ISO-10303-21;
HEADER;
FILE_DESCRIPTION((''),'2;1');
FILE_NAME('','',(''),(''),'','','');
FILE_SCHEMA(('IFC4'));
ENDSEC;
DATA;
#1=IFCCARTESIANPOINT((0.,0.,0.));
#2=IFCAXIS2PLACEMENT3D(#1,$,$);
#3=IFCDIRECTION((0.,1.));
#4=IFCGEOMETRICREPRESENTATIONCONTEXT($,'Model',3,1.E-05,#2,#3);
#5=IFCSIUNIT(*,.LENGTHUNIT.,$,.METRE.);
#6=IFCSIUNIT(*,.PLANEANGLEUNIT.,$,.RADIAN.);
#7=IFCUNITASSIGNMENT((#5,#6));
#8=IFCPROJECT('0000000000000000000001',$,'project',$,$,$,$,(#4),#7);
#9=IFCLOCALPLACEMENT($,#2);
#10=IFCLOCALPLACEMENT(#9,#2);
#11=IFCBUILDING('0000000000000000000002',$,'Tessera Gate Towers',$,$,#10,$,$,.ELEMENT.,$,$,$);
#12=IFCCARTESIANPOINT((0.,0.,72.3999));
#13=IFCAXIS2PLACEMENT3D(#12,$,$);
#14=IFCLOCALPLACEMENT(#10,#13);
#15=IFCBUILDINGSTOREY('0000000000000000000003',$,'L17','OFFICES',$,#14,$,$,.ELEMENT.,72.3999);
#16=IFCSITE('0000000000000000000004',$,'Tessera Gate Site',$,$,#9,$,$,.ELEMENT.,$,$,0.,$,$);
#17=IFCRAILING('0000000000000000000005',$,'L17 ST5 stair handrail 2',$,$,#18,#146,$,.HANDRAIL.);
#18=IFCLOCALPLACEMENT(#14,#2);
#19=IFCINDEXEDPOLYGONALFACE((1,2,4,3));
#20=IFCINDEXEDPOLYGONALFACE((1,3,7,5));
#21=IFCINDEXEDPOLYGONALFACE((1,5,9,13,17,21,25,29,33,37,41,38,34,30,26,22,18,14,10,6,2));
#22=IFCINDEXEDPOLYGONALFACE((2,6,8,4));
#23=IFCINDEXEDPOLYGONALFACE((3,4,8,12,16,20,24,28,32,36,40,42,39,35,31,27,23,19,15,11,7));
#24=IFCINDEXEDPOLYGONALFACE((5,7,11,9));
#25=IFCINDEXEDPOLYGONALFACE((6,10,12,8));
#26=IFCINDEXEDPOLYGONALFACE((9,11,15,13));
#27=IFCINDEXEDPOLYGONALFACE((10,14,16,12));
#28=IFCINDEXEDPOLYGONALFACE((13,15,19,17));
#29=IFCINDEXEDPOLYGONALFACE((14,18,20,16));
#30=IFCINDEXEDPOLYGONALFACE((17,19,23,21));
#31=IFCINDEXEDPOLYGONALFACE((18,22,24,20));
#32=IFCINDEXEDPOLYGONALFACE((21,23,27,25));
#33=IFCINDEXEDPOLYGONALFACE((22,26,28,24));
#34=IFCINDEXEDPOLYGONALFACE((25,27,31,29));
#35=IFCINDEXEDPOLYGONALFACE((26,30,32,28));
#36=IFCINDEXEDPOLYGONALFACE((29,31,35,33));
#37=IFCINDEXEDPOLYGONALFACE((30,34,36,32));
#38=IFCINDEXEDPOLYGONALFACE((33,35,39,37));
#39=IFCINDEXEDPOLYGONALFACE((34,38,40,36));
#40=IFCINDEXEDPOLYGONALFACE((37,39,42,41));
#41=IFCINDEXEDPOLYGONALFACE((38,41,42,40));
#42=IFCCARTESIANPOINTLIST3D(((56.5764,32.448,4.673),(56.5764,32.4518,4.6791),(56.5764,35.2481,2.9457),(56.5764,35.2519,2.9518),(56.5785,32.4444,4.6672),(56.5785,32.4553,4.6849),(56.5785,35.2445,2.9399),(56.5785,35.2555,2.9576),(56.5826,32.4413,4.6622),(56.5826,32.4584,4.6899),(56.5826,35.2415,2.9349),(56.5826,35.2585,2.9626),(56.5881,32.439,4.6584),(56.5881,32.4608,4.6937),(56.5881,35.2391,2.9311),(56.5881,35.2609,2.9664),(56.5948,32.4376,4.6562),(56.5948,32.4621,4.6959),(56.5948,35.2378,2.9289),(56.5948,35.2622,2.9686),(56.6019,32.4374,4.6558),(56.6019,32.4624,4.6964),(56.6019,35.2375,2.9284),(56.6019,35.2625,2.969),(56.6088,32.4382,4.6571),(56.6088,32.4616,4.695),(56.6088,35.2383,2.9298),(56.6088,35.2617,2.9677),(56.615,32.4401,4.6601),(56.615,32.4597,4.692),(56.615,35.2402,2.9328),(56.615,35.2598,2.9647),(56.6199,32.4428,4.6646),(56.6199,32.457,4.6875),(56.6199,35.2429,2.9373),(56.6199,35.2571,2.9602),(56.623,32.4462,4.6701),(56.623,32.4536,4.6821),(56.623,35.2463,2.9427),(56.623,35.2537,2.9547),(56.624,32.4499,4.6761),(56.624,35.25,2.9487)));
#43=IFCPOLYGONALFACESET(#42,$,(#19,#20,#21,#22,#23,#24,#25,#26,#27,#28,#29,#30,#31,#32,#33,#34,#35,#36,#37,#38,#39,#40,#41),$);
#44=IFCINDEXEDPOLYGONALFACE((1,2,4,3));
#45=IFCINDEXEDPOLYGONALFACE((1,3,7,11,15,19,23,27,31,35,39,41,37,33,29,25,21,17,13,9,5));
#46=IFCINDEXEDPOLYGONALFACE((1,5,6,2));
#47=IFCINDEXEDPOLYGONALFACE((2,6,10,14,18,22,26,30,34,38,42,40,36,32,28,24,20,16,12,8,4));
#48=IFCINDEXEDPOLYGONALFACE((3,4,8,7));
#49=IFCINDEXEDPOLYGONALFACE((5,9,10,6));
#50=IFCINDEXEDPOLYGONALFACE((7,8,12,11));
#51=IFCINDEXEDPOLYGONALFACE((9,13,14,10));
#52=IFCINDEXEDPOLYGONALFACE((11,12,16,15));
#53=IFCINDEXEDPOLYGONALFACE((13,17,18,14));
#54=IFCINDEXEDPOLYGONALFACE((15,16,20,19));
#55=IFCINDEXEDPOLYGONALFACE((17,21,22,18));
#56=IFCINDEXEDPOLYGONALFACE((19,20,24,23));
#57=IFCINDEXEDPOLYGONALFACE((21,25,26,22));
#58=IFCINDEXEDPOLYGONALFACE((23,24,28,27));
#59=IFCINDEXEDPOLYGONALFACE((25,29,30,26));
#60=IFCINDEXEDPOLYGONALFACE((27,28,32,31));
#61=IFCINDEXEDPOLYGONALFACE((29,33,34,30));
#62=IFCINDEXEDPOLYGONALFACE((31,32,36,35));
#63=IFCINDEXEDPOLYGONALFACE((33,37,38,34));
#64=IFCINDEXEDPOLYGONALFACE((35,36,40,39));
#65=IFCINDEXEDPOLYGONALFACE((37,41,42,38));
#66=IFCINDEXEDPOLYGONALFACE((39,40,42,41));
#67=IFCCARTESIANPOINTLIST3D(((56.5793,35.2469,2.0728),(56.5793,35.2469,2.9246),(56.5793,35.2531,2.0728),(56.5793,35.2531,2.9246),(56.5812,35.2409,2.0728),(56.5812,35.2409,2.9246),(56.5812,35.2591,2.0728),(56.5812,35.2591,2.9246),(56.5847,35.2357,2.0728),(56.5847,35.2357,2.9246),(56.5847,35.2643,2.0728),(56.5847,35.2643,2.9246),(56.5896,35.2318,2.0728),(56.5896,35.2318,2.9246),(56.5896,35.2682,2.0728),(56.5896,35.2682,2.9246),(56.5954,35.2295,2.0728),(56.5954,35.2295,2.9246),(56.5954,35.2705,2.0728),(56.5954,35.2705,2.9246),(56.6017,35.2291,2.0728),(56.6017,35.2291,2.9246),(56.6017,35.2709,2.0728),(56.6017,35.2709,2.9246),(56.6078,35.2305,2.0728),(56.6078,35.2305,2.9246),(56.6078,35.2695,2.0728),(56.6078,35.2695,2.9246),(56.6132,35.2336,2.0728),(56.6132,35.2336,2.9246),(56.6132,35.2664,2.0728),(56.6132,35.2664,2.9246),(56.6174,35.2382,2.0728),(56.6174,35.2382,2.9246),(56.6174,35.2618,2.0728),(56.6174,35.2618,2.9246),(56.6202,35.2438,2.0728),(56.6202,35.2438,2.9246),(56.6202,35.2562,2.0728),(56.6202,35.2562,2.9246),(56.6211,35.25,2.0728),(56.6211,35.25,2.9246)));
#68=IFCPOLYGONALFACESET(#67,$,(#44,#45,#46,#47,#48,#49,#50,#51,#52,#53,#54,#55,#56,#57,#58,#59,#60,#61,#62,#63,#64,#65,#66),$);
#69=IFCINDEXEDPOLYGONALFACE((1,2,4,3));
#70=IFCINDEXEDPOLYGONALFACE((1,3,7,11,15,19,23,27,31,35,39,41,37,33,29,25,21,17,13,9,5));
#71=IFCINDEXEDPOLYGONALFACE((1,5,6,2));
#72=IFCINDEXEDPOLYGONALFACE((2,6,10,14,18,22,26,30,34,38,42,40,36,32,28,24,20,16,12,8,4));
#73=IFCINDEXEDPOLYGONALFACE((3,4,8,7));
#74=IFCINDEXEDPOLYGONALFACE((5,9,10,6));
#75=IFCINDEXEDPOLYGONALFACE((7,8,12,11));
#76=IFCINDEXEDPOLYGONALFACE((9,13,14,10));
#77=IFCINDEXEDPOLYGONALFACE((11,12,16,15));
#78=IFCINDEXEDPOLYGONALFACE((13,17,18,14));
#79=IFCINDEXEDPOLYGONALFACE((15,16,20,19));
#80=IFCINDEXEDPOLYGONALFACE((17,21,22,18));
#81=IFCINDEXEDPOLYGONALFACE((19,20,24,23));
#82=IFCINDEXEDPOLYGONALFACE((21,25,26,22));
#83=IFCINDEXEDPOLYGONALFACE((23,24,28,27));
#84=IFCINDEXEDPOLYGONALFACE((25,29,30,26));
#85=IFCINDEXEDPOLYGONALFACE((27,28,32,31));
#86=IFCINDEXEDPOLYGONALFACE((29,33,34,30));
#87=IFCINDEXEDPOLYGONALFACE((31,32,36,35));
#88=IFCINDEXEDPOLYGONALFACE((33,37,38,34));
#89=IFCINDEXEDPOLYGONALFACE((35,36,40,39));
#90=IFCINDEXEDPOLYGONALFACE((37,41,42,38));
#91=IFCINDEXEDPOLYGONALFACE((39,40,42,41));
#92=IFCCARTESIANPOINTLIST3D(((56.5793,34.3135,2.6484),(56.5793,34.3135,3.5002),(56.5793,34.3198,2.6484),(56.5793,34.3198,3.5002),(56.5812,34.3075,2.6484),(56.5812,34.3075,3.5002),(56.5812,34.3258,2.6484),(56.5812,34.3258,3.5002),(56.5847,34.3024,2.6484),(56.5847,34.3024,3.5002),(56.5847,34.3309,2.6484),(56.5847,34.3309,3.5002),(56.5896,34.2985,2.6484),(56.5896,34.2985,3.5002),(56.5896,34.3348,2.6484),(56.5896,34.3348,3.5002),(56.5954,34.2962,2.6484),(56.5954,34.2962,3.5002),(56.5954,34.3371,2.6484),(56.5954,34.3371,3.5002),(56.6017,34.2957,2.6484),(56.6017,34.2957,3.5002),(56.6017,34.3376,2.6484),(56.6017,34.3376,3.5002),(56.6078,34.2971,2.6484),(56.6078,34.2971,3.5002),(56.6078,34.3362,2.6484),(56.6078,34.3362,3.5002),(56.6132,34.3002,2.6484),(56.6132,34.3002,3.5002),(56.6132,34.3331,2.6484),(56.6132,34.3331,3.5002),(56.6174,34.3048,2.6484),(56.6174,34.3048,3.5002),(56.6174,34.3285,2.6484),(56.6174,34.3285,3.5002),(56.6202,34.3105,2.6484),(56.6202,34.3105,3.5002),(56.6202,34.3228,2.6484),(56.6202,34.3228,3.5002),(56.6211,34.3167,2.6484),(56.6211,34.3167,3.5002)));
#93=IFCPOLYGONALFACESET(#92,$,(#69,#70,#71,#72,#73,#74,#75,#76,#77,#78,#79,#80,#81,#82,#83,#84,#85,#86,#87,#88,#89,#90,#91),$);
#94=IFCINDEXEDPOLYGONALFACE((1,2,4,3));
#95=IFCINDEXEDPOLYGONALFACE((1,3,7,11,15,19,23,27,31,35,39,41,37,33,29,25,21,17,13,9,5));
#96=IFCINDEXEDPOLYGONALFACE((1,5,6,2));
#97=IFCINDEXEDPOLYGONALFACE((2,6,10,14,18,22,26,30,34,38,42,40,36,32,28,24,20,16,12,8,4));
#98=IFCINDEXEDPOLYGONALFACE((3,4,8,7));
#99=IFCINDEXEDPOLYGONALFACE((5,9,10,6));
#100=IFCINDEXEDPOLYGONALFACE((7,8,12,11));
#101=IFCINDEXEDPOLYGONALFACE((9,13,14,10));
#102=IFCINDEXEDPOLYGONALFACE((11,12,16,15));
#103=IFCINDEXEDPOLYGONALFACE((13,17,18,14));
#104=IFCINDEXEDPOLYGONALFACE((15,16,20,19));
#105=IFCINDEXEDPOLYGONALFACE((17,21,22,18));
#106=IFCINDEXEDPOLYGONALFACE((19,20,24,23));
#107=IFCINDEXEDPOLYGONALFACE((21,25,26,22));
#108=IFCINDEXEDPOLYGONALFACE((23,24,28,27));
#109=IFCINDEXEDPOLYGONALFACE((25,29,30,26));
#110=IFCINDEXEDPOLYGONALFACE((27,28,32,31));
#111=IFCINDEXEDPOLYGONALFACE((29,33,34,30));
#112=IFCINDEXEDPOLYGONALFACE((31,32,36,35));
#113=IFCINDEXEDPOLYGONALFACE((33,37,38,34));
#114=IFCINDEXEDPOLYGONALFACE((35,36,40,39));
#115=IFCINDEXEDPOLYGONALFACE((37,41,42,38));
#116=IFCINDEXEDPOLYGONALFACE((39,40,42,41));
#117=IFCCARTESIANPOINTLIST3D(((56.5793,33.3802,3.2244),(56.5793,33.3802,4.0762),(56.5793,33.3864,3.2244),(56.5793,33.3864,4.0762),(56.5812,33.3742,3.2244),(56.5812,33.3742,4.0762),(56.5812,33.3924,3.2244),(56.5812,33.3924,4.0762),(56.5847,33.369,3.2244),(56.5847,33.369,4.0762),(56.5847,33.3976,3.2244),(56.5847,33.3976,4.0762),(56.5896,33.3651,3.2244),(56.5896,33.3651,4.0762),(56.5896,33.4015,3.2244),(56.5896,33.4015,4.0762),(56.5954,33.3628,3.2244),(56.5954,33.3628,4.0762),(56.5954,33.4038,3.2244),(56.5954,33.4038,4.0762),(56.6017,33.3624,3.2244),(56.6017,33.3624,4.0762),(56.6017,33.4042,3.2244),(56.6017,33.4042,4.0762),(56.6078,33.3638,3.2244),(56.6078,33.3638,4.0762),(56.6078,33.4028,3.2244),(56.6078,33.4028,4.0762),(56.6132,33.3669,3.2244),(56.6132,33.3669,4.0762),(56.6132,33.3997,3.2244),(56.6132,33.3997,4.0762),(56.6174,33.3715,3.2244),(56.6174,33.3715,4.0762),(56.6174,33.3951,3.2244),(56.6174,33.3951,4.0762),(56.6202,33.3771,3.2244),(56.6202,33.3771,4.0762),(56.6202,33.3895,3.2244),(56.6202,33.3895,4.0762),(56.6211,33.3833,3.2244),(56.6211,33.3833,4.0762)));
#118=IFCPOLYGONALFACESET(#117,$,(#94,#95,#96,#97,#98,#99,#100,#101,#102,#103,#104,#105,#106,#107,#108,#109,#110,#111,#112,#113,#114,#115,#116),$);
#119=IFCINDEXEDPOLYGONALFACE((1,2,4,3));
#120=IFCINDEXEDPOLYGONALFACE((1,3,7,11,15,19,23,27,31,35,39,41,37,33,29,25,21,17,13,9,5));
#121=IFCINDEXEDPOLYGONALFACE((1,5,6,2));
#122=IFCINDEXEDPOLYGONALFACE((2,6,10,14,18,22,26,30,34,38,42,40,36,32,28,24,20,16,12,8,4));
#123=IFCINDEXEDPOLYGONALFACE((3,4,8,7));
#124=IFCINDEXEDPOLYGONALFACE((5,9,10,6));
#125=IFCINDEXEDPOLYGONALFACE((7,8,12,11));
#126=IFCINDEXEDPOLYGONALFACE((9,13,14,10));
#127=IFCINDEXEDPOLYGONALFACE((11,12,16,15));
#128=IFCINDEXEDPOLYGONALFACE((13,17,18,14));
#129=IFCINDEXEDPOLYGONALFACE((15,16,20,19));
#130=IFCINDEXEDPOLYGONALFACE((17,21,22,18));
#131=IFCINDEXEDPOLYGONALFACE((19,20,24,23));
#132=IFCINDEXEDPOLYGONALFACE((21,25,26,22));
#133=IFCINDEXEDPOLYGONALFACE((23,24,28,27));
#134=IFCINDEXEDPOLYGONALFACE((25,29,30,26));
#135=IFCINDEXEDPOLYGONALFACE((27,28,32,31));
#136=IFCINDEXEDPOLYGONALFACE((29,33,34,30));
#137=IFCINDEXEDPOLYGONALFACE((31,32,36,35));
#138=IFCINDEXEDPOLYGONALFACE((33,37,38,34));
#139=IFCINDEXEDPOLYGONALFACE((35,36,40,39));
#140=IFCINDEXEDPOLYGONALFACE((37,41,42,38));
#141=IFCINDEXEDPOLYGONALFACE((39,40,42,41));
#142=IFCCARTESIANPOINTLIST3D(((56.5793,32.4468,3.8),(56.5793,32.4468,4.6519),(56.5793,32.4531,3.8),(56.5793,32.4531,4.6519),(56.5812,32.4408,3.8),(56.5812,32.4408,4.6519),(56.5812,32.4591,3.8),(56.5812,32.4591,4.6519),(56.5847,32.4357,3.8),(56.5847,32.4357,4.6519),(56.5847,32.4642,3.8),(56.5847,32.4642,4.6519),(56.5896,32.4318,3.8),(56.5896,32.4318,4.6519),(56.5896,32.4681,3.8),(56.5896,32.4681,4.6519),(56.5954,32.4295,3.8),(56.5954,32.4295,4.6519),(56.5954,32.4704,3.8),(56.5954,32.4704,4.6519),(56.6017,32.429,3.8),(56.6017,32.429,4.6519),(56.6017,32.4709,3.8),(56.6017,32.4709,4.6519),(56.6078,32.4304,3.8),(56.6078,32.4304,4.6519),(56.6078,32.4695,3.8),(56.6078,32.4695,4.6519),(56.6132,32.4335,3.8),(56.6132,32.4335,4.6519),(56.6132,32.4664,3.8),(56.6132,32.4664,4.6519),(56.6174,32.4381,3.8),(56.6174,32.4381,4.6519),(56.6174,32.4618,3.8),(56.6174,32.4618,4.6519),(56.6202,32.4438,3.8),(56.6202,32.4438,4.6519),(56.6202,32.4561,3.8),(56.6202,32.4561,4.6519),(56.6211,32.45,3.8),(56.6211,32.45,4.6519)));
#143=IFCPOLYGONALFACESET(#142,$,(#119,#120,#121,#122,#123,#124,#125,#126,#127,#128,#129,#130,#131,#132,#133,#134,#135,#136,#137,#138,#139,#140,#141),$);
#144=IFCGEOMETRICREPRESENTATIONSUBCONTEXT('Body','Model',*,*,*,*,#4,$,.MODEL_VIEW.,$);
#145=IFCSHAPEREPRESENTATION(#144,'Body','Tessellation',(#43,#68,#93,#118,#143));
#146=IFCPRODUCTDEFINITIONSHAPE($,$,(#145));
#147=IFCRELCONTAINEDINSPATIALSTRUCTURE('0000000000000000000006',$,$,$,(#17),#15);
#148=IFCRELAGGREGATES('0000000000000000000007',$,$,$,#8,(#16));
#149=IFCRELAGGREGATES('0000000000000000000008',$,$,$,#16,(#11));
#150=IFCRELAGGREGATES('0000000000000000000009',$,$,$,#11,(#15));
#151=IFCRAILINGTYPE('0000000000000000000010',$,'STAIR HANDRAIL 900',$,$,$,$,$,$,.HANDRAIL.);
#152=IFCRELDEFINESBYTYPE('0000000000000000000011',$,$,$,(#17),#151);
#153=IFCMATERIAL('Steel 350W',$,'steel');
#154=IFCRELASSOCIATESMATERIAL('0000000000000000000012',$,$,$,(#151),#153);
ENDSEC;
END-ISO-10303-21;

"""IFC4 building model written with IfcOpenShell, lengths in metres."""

from ifc_helpers import new_model, si_unit, direction, frame, origin, origin_2d, place, context, subcontext, project, spatial, circle, extrude, material, type_object, element, save


model = new_model("IFC4")

# Units and contexts
model_context = context("Model", 3, precision=1e-05, world=origin(), true_north=direction((0.0, 1.0)))
body_context = subcontext(model_context, "Body", "Model", "MODEL_VIEW")
ifc_project = project(units=[si_unit("LENGTHUNIT", "METRE"), si_unit("PLANEANGLEUNIT", "RADIAN")], contexts=[model_context])

# Site, building, storey
site_placement = place(None, origin())
site = spatial("IfcSite", under=ifc_project, at=site_placement, Name="Tessera Gate Site", CompositionType="ELEMENT", RefElevation=0.0)
building_placement = place(site_placement, origin())
building = spatial("IfcBuilding", under=site, at=building_placement, Name="Tessera Gate Towers", CompositionType="ELEMENT")
storey_placement = place(building_placement, frame((0.0, 0.0, 72.3999)))
storey = spatial("IfcBuildingStorey", under=building, at=storey_placement, Name="L17", Description="OFFICES", CompositionType="ELEMENT", Elevation=72.3999)

# Railing
ifc_material_1 = material(Name="Steel 350W", Category="steel")
railing_type = type_object("IfcRailingType", Name="STAIR HANDRAIL 900", PredefinedType="HANDRAIL", material=ifc_material_1)
railing_placement = place(storey_placement, frame((56.6001, 35.25, 2.0728)))
element("IfcRailing", 1, at=railing_placement, inside=storey, type_object=railing_type, Name="L17 ST5 stair handrail 2", PredefinedType="HANDRAIL", context=body_context, shape_type="SweptSolid", body=[
    extrude(circle(Radius=0.0239, at=origin_2d()), frame((0.0, 0.0, 0.876), z_axis=(0.0, -0.85109, 0.52502), x_axis=(1.0, 0.0, 0.0)), (0.0, 0.0, 1.0), 3.29),
    extrude(circle(Radius=0.021, at=origin_2d()), origin(), (0.0, 0.0, 1.0), 0.8518),
    extrude(circle(Radius=0.021, at=origin_2d()), frame((0.0, -0.9333, 0.5757)), (0.0, 0.0, 1.0), 0.8518),
    extrude(circle(Radius=0.021, at=origin_2d()), frame((0.0, -1.8667, 1.1516)), (0.0, 0.0, 1.0), 0.8518),
    extrude(circle(Radius=0.021, at=origin_2d()), frame((0.0, -2.8, 1.7273)), (0.0, 0.0, 1.0), 0.8518),
])

save(model, "model.ifc")
